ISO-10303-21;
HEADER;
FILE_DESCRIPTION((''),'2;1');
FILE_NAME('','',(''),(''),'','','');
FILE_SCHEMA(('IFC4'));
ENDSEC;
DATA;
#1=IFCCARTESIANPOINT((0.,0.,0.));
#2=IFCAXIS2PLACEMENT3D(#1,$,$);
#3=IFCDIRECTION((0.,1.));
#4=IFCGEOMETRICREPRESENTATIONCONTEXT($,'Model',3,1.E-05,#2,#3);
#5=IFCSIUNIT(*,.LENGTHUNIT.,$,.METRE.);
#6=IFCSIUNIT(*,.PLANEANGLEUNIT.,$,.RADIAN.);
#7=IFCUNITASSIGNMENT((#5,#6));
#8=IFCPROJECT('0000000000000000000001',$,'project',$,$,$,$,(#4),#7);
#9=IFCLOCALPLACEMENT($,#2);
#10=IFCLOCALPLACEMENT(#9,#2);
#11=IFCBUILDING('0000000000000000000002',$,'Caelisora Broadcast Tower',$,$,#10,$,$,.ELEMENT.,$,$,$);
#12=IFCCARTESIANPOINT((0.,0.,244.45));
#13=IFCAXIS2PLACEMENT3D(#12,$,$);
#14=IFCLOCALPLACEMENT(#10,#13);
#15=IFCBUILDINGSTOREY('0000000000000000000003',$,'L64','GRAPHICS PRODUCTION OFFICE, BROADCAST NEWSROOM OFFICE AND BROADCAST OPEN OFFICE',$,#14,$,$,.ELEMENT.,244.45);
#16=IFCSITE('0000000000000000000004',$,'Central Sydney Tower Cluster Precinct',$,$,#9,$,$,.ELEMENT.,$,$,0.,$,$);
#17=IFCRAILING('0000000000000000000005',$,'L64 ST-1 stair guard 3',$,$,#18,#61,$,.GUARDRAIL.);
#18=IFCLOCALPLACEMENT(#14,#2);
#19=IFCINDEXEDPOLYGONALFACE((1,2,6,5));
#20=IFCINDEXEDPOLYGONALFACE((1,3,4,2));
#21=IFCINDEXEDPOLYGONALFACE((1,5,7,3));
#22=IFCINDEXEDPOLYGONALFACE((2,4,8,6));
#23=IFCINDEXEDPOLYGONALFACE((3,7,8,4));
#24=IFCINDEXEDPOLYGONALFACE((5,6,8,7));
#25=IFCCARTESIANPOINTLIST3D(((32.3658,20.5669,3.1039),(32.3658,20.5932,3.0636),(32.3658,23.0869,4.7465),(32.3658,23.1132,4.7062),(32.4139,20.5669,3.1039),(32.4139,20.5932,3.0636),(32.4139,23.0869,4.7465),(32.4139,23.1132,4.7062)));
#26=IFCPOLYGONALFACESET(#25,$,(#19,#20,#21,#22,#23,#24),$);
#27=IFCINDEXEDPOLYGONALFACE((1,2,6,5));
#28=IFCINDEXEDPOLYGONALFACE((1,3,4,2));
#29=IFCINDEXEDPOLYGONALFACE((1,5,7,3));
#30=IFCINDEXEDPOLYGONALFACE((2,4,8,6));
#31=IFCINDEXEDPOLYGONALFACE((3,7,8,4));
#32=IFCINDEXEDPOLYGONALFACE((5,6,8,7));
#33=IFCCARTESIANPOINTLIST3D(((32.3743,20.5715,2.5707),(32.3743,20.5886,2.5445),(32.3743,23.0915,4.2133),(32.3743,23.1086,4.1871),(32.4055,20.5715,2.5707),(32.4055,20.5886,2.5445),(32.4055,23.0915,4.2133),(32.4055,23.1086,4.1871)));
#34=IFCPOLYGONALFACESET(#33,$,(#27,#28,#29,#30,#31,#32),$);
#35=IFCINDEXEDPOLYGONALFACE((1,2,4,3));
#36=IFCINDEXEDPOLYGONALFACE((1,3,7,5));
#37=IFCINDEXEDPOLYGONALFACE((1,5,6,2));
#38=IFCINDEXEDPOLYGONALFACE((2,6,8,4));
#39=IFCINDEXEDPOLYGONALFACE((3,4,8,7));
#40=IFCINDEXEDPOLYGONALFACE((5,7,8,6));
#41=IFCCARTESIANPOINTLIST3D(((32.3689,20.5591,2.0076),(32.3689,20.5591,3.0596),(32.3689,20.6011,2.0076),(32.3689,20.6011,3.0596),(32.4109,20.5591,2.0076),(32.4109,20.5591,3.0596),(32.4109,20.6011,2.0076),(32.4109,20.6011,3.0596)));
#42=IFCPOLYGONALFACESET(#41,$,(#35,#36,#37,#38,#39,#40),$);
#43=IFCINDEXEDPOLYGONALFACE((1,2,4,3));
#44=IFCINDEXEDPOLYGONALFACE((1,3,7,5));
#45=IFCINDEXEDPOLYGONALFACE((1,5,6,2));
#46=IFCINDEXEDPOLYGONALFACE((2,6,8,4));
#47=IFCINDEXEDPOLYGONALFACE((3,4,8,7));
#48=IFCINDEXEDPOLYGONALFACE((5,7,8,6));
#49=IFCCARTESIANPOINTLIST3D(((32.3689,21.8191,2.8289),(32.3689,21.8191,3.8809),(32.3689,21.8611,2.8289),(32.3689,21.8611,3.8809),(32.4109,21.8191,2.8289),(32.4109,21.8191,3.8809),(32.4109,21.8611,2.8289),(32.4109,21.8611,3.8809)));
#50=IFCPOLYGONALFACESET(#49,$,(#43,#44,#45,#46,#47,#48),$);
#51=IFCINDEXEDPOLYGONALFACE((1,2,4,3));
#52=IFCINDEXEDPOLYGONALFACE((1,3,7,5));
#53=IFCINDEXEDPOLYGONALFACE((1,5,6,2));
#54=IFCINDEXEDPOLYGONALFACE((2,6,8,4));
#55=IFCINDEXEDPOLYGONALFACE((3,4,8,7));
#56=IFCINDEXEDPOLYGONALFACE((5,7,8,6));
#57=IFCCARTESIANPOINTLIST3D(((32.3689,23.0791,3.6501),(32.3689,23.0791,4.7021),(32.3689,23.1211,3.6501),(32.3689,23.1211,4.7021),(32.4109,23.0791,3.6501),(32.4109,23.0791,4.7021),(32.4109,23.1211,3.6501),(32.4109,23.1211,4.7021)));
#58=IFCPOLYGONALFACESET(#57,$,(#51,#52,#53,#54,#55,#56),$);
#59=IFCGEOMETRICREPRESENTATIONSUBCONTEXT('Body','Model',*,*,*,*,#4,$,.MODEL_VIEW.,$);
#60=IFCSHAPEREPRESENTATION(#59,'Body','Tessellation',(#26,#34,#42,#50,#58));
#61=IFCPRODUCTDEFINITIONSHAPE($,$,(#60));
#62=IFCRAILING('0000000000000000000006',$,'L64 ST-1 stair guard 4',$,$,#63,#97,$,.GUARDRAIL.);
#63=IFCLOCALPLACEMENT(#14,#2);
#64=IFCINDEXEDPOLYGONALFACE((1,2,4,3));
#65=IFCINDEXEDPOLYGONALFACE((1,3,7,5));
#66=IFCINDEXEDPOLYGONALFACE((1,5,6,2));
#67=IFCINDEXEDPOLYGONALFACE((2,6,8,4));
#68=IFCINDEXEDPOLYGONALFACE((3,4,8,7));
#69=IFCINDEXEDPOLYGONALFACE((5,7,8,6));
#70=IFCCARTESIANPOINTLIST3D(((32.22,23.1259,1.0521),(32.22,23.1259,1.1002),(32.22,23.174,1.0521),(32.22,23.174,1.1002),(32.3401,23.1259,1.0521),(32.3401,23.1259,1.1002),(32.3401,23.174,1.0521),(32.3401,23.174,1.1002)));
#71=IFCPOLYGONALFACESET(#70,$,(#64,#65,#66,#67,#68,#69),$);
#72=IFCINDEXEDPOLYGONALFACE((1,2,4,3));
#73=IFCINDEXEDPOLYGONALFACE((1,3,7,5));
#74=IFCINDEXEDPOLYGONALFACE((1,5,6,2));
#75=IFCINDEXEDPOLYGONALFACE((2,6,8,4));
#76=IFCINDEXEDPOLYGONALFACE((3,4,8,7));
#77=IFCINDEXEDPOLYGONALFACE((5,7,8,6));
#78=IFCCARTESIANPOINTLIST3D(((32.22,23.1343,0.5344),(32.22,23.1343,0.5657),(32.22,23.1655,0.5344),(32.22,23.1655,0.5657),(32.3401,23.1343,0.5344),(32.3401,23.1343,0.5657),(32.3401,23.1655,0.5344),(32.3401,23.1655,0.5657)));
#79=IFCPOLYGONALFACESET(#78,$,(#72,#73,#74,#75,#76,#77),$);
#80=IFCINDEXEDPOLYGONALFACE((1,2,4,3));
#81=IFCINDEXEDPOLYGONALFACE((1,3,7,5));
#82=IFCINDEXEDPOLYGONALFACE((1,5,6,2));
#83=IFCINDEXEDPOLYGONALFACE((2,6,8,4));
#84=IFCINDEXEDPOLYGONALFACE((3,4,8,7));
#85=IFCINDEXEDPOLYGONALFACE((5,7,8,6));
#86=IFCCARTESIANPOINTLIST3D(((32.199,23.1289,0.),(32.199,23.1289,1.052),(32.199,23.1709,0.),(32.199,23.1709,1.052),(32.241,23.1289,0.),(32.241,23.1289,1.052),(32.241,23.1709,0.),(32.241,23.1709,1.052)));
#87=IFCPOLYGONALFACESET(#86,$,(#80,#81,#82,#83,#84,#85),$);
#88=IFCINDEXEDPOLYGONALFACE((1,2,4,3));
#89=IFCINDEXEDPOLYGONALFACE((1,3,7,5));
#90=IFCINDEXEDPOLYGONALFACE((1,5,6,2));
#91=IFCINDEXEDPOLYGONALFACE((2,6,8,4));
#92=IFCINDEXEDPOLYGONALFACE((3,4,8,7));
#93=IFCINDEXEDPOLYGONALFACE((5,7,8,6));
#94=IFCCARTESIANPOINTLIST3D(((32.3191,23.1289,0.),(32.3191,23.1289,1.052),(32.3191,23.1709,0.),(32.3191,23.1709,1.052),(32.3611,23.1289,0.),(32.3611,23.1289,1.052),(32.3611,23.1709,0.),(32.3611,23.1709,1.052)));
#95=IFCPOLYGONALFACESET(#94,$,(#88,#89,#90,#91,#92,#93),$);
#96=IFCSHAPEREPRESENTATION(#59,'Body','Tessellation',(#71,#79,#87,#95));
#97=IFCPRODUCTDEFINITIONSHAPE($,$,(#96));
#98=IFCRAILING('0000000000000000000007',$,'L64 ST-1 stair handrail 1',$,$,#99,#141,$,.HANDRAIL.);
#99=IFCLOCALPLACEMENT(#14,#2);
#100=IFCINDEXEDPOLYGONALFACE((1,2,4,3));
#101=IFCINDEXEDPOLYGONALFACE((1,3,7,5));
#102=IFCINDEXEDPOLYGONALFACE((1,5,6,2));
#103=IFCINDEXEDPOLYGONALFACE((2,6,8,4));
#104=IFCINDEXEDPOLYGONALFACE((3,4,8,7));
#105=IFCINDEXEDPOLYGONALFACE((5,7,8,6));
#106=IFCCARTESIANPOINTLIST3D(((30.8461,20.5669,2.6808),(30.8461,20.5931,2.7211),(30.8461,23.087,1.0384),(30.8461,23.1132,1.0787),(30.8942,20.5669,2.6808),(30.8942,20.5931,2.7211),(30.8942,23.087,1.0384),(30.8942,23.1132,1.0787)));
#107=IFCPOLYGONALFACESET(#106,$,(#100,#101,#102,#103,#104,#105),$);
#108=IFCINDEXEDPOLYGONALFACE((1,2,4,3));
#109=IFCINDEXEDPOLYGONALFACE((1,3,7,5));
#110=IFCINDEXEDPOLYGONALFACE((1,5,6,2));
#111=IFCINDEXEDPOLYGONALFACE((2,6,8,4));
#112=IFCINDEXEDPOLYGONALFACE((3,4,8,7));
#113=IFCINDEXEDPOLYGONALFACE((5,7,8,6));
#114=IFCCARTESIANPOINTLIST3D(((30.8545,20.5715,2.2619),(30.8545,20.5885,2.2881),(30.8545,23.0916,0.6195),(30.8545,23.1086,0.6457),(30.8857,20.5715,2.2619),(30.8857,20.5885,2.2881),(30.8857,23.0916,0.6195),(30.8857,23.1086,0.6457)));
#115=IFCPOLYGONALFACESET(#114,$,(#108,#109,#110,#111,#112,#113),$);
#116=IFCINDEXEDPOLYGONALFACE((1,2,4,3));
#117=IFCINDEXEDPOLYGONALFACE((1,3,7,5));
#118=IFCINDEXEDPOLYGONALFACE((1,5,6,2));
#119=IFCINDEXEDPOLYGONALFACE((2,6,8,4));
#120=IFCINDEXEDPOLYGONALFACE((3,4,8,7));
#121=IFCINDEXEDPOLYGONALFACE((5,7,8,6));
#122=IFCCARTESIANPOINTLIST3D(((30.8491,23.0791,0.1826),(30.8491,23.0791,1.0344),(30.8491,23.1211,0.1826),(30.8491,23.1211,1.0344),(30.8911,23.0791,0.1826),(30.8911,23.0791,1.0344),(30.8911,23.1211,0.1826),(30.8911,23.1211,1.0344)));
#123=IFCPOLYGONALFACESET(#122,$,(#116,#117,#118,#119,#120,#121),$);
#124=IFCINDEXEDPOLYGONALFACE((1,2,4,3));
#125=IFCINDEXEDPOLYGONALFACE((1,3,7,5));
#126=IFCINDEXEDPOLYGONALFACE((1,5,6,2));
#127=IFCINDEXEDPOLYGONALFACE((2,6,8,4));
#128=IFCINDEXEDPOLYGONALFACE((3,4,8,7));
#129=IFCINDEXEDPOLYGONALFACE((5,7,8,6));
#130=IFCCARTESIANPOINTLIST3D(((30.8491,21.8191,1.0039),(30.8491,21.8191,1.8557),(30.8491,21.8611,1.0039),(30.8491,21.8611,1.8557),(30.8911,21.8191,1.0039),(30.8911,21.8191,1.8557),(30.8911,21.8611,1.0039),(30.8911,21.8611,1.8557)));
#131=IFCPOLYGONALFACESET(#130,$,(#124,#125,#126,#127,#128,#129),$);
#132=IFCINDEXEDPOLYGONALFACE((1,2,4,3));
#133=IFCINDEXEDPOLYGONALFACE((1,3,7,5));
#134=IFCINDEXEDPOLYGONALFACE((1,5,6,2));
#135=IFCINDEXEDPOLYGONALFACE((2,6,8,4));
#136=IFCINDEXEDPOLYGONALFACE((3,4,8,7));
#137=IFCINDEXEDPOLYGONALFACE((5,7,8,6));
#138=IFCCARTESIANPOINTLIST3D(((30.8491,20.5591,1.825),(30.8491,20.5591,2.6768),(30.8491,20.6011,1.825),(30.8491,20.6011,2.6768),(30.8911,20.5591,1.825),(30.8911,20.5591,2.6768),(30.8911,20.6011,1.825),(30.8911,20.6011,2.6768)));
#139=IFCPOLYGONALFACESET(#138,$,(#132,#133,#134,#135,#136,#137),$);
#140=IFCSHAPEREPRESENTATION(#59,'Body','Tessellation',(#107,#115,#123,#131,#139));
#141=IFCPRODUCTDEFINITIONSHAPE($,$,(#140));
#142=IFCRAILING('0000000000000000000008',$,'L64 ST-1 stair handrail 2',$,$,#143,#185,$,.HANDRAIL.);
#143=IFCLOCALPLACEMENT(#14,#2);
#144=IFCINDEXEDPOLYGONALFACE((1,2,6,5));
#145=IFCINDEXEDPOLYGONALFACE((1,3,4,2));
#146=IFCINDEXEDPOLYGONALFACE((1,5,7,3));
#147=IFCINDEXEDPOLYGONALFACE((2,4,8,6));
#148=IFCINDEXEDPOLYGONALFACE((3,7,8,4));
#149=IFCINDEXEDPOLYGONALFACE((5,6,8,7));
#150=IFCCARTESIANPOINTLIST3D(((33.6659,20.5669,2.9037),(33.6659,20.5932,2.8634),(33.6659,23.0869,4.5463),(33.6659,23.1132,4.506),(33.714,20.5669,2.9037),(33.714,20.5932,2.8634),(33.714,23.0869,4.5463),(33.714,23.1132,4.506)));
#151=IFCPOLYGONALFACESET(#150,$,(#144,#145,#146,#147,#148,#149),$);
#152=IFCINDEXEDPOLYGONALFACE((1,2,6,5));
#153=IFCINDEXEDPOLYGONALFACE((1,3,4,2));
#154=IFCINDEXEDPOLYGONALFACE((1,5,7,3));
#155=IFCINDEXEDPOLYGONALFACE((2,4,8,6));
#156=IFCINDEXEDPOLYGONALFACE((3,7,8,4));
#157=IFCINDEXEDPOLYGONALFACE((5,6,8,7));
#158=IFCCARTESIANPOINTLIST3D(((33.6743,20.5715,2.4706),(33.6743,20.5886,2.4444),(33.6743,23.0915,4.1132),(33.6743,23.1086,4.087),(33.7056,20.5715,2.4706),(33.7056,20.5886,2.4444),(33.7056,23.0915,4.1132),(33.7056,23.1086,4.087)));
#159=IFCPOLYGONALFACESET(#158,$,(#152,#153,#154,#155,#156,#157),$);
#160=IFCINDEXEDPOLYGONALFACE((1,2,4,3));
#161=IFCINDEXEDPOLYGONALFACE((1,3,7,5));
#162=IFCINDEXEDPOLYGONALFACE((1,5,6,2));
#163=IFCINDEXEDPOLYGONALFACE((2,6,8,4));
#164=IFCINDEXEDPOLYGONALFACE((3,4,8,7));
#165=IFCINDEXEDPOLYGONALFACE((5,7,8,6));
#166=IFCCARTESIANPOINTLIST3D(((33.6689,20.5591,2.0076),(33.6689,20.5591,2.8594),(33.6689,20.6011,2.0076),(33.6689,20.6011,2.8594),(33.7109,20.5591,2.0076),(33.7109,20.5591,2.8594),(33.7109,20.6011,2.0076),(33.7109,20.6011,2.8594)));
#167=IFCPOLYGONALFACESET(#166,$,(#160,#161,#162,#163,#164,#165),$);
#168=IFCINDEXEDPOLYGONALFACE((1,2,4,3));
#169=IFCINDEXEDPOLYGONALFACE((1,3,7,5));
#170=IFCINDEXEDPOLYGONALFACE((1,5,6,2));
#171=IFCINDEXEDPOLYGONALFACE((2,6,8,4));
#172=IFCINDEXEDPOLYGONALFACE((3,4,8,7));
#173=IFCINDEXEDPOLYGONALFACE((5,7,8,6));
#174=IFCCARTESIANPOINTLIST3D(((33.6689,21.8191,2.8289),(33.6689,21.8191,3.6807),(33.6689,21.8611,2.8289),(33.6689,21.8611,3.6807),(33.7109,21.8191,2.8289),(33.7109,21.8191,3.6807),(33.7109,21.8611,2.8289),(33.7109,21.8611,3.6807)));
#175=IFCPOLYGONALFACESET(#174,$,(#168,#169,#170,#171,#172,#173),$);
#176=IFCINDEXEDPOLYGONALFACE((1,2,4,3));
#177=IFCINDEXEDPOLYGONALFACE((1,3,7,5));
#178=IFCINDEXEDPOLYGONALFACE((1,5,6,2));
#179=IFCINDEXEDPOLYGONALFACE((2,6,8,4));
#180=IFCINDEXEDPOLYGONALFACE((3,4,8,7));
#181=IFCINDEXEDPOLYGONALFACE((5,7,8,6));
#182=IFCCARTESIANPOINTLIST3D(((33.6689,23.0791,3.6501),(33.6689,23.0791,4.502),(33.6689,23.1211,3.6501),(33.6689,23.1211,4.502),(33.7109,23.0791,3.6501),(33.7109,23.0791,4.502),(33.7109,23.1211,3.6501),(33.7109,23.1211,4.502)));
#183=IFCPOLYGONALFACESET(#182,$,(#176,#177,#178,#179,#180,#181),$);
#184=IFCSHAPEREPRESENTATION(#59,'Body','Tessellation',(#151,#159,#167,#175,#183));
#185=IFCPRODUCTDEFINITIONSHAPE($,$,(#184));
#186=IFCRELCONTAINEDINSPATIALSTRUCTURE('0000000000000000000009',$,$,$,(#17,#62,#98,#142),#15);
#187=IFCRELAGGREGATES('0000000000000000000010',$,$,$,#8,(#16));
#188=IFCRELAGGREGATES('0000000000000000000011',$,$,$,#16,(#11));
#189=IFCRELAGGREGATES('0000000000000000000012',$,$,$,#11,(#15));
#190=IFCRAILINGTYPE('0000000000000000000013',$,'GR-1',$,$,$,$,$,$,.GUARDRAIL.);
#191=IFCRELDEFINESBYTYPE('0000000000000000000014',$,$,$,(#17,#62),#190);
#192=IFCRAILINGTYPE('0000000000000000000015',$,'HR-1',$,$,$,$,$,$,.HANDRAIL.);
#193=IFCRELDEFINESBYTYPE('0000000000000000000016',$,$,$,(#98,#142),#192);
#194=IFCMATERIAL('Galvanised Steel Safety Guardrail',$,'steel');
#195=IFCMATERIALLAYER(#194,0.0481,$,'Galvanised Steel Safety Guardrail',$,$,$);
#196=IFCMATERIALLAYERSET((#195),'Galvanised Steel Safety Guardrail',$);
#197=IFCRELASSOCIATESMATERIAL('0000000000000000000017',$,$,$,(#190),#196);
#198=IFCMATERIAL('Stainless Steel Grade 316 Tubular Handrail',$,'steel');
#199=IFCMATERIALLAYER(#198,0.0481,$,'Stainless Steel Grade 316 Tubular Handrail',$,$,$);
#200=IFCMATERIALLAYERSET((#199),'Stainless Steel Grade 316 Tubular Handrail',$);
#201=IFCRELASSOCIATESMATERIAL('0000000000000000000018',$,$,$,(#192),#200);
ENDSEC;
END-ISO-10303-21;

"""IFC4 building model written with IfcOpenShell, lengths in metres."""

from ifc_helpers import new_model, si_unit, direction, frame, origin, origin_2d, place, context, subcontext, project, spatial, rectangle, extrude, material, layer, layer_set, type_object, element, save


model = new_model("IFC4")

# Units and contexts
model_context = context("Model", 3, precision=1e-05, world=origin(), true_north=direction((0.0, 1.0)))
body_context = subcontext(model_context, "Body", "Model", "MODEL_VIEW")
ifc_project = project(units=[si_unit("LENGTHUNIT", "METRE"), si_unit("PLANEANGLEUNIT", "RADIAN")], contexts=[model_context])

# Site, building, storey
site_placement = place(None, origin())
site = spatial("IfcSite", under=ifc_project, at=site_placement, Name="Central Sydney Tower Cluster Precinct", CompositionType="ELEMENT", RefElevation=0.0)
building_placement = place(site_placement, origin())
building = spatial("IfcBuilding", under=site, at=building_placement, Name="Caelisora Broadcast Tower", CompositionType="ELEMENT")
storey_placement = place(building_placement, frame((0.0, 0.0, 244.45)))
storey = spatial("IfcBuildingStorey", under=building, at=storey_placement, Name="L64", Description="GRAPHICS PRODUCTION OFFICE, BROADCAST NEWSROOM OFFICE AND BROADCAST OPEN OFFICE", CompositionType="ELEMENT", Elevation=244.45)

# Railings
ifc_material_1 = material(Name="Galvanised Steel Safety Guardrail", Category="steel")
ifc_layer_1 = layer(ifc_material_1, 0.0481, Name="Galvanised Steel Safety Guardrail")
ifc_layer_set_1 = layer_set([ifc_layer_1], Name="Galvanised Steel Safety Guardrail")
railing_type_1 = type_object("IfcRailingType", Name="GR-1", PredefinedType="GUARDRAIL", material=ifc_layer_set_1)
railing_1_placement = place(storey_placement, frame((32.3899, 20.5801, 2.0076)))
element("IfcRailing", 1, at=railing_1_placement, inside=storey, type_object=railing_type_1, Name="L64 ST-1 stair guard 3", PredefinedType="GUARDRAIL", context=body_context, shape_type="SweptSolid", body=[
    extrude(rectangle(XDim=0.0481, YDim=0.0481, at=origin_2d()), frame((0.0, 0.0, 1.0762), z_axis=(0.0, 0.837749, 0.546055), x_axis=(-1.0, 0.0, 0.0)), (0.0, 0.0, 1.0), 3.0081),
    extrude(rectangle(XDim=0.0312, YDim=0.0312, at=origin_2d()), frame((0.0, 0.0, 0.55), z_axis=(0.0, 0.837749, 0.546055), x_axis=(-1.0, 0.0, 0.0)), (0.0, 0.0, 1.0), 3.0081),
    extrude(rectangle(XDim=0.042, YDim=0.042, at=origin_2d()), origin(), (0.0, 0.0, 1.0), 1.052),
    extrude(rectangle(XDim=0.042, YDim=0.042, at=origin_2d()), frame((0.0, 1.26, 0.8213)), (0.0, 0.0, 1.0), 1.052),
    extrude(rectangle(XDim=0.042, YDim=0.042, at=origin_2d()), frame((0.0, 2.52, 1.6426)), (0.0, 0.0, 1.0), 1.052),
])
railing_2_placement = place(storey_placement, frame((32.22, 23.1499, 0.0)))
element("IfcRailing", 2, at=railing_2_placement, inside=storey, type_object=railing_type_1, Name="L64 ST-1 stair guard 4", PredefinedType="GUARDRAIL", context=body_context, shape_type="SweptSolid", body=[
    extrude(rectangle(XDim=0.0481, YDim=0.0481, at=origin_2d()), frame((0.0, 0.0, 1.0762), z_axis=(1.0, 0.0, 0.0), x_axis=(0.0, 1.0, 0.0)), (0.0, 0.0, 1.0), 0.1201),
    extrude(rectangle(XDim=0.0312, YDim=0.0312, at=origin_2d()), frame((0.0, 0.0, 0.55), z_axis=(1.0, 0.0, 0.0), x_axis=(0.0, 1.0, 0.0)), (0.0, 0.0, 1.0), 0.1201),
    extrude(rectangle(XDim=0.042, YDim=0.042, at=origin_2d()), origin(), (0.0, 0.0, 1.0), 1.052),
    extrude(rectangle(XDim=0.042, YDim=0.042, at=origin_2d()), frame((0.1201, 0.0, 0.0)), (0.0, 0.0, 1.0), 1.052),
])
ifc_material_2 = material(Name="Stainless Steel Grade 316 Tubular Handrail", Category="steel")
ifc_layer_2 = layer(ifc_material_2, 0.0481, Name="Stainless Steel Grade 316 Tubular Handrail")
ifc_layer_set_2 = layer_set([ifc_layer_2], Name="Stainless Steel Grade 316 Tubular Handrail")
railing_type_2 = type_object("IfcRailingType", Name="HR-1", PredefinedType="HANDRAIL", material=ifc_layer_set_2)
railing_3_placement = place(storey_placement, frame((30.8701, 23.1001, 0.1826)))
element("IfcRailing", 3, at=railing_3_placement, inside=storey, type_object=railing_type_2, Name="L64 ST-1 stair handrail 1", PredefinedType="HANDRAIL", context=body_context, shape_type="SweptSolid", body=[
    extrude(rectangle(XDim=0.0481, YDim=0.0481, at=origin_2d()), frame((0.0, 0.0, 0.876), z_axis=(0.0, -0.837787, 0.545998), x_axis=(1.0, 0.0, 0.0)), (0.0, 0.0, 1.0), 3.0081),
    extrude(rectangle(XDim=0.0312, YDim=0.0312, at=origin_2d()), frame((0.0, 0.0, 0.45), z_axis=(0.0, -0.837787, 0.545998), x_axis=(1.0, 0.0, 0.0)), (0.0, 0.0, 1.0), 3.0081),
    extrude(rectangle(XDim=0.042, YDim=0.042, at=origin_2d()), origin(), (0.0, 0.0, 1.0), 0.8518),
    extrude(rectangle(XDim=0.042, YDim=0.042, at=origin_2d()), frame((0.0, -1.26, 0.8213)), (0.0, 0.0, 1.0), 0.8518),
    extrude(rectangle(XDim=0.042, YDim=0.042, at=origin_2d()), frame((0.0, -2.52, 1.6423)), (0.0, 0.0, 1.0), 0.8518),
])
railing_4_placement = place(storey_placement, frame((33.6899, 20.5801, 2.0076)))
element("IfcRailing", 4, at=railing_4_placement, inside=storey, type_object=railing_type_2, Name="L64 ST-1 stair handrail 2", PredefinedType="HANDRAIL", context=body_context, shape_type="SweptSolid", body=[
    extrude(rectangle(XDim=0.0481, YDim=0.0481, at=origin_2d()), frame((0.0, 0.0, 0.876), z_axis=(0.0, 0.837749, 0.546055), x_axis=(-1.0, 0.0, 0.0)), (0.0, 0.0, 1.0), 3.0081),
    extrude(rectangle(XDim=0.0312, YDim=0.0312, at=origin_2d()), frame((0.0, 0.0, 0.45), z_axis=(0.0, 0.837749, 0.546055), x_axis=(-1.0, 0.0, 0.0)), (0.0, 0.0, 1.0), 3.0081),
    extrude(rectangle(XDim=0.042, YDim=0.042, at=origin_2d()), origin(), (0.0, 0.0, 1.0), 0.8518),
    extrude(rectangle(XDim=0.042, YDim=0.042, at=origin_2d()), frame((0.0, 1.26, 0.8213)), (0.0, 0.0, 1.0), 0.8518),
    extrude(rectangle(XDim=0.042, YDim=0.042, at=origin_2d()), frame((0.0, 2.52, 1.6426)), (0.0, 0.0, 1.0), 0.8518),
])

save(model, "model.ifc")
